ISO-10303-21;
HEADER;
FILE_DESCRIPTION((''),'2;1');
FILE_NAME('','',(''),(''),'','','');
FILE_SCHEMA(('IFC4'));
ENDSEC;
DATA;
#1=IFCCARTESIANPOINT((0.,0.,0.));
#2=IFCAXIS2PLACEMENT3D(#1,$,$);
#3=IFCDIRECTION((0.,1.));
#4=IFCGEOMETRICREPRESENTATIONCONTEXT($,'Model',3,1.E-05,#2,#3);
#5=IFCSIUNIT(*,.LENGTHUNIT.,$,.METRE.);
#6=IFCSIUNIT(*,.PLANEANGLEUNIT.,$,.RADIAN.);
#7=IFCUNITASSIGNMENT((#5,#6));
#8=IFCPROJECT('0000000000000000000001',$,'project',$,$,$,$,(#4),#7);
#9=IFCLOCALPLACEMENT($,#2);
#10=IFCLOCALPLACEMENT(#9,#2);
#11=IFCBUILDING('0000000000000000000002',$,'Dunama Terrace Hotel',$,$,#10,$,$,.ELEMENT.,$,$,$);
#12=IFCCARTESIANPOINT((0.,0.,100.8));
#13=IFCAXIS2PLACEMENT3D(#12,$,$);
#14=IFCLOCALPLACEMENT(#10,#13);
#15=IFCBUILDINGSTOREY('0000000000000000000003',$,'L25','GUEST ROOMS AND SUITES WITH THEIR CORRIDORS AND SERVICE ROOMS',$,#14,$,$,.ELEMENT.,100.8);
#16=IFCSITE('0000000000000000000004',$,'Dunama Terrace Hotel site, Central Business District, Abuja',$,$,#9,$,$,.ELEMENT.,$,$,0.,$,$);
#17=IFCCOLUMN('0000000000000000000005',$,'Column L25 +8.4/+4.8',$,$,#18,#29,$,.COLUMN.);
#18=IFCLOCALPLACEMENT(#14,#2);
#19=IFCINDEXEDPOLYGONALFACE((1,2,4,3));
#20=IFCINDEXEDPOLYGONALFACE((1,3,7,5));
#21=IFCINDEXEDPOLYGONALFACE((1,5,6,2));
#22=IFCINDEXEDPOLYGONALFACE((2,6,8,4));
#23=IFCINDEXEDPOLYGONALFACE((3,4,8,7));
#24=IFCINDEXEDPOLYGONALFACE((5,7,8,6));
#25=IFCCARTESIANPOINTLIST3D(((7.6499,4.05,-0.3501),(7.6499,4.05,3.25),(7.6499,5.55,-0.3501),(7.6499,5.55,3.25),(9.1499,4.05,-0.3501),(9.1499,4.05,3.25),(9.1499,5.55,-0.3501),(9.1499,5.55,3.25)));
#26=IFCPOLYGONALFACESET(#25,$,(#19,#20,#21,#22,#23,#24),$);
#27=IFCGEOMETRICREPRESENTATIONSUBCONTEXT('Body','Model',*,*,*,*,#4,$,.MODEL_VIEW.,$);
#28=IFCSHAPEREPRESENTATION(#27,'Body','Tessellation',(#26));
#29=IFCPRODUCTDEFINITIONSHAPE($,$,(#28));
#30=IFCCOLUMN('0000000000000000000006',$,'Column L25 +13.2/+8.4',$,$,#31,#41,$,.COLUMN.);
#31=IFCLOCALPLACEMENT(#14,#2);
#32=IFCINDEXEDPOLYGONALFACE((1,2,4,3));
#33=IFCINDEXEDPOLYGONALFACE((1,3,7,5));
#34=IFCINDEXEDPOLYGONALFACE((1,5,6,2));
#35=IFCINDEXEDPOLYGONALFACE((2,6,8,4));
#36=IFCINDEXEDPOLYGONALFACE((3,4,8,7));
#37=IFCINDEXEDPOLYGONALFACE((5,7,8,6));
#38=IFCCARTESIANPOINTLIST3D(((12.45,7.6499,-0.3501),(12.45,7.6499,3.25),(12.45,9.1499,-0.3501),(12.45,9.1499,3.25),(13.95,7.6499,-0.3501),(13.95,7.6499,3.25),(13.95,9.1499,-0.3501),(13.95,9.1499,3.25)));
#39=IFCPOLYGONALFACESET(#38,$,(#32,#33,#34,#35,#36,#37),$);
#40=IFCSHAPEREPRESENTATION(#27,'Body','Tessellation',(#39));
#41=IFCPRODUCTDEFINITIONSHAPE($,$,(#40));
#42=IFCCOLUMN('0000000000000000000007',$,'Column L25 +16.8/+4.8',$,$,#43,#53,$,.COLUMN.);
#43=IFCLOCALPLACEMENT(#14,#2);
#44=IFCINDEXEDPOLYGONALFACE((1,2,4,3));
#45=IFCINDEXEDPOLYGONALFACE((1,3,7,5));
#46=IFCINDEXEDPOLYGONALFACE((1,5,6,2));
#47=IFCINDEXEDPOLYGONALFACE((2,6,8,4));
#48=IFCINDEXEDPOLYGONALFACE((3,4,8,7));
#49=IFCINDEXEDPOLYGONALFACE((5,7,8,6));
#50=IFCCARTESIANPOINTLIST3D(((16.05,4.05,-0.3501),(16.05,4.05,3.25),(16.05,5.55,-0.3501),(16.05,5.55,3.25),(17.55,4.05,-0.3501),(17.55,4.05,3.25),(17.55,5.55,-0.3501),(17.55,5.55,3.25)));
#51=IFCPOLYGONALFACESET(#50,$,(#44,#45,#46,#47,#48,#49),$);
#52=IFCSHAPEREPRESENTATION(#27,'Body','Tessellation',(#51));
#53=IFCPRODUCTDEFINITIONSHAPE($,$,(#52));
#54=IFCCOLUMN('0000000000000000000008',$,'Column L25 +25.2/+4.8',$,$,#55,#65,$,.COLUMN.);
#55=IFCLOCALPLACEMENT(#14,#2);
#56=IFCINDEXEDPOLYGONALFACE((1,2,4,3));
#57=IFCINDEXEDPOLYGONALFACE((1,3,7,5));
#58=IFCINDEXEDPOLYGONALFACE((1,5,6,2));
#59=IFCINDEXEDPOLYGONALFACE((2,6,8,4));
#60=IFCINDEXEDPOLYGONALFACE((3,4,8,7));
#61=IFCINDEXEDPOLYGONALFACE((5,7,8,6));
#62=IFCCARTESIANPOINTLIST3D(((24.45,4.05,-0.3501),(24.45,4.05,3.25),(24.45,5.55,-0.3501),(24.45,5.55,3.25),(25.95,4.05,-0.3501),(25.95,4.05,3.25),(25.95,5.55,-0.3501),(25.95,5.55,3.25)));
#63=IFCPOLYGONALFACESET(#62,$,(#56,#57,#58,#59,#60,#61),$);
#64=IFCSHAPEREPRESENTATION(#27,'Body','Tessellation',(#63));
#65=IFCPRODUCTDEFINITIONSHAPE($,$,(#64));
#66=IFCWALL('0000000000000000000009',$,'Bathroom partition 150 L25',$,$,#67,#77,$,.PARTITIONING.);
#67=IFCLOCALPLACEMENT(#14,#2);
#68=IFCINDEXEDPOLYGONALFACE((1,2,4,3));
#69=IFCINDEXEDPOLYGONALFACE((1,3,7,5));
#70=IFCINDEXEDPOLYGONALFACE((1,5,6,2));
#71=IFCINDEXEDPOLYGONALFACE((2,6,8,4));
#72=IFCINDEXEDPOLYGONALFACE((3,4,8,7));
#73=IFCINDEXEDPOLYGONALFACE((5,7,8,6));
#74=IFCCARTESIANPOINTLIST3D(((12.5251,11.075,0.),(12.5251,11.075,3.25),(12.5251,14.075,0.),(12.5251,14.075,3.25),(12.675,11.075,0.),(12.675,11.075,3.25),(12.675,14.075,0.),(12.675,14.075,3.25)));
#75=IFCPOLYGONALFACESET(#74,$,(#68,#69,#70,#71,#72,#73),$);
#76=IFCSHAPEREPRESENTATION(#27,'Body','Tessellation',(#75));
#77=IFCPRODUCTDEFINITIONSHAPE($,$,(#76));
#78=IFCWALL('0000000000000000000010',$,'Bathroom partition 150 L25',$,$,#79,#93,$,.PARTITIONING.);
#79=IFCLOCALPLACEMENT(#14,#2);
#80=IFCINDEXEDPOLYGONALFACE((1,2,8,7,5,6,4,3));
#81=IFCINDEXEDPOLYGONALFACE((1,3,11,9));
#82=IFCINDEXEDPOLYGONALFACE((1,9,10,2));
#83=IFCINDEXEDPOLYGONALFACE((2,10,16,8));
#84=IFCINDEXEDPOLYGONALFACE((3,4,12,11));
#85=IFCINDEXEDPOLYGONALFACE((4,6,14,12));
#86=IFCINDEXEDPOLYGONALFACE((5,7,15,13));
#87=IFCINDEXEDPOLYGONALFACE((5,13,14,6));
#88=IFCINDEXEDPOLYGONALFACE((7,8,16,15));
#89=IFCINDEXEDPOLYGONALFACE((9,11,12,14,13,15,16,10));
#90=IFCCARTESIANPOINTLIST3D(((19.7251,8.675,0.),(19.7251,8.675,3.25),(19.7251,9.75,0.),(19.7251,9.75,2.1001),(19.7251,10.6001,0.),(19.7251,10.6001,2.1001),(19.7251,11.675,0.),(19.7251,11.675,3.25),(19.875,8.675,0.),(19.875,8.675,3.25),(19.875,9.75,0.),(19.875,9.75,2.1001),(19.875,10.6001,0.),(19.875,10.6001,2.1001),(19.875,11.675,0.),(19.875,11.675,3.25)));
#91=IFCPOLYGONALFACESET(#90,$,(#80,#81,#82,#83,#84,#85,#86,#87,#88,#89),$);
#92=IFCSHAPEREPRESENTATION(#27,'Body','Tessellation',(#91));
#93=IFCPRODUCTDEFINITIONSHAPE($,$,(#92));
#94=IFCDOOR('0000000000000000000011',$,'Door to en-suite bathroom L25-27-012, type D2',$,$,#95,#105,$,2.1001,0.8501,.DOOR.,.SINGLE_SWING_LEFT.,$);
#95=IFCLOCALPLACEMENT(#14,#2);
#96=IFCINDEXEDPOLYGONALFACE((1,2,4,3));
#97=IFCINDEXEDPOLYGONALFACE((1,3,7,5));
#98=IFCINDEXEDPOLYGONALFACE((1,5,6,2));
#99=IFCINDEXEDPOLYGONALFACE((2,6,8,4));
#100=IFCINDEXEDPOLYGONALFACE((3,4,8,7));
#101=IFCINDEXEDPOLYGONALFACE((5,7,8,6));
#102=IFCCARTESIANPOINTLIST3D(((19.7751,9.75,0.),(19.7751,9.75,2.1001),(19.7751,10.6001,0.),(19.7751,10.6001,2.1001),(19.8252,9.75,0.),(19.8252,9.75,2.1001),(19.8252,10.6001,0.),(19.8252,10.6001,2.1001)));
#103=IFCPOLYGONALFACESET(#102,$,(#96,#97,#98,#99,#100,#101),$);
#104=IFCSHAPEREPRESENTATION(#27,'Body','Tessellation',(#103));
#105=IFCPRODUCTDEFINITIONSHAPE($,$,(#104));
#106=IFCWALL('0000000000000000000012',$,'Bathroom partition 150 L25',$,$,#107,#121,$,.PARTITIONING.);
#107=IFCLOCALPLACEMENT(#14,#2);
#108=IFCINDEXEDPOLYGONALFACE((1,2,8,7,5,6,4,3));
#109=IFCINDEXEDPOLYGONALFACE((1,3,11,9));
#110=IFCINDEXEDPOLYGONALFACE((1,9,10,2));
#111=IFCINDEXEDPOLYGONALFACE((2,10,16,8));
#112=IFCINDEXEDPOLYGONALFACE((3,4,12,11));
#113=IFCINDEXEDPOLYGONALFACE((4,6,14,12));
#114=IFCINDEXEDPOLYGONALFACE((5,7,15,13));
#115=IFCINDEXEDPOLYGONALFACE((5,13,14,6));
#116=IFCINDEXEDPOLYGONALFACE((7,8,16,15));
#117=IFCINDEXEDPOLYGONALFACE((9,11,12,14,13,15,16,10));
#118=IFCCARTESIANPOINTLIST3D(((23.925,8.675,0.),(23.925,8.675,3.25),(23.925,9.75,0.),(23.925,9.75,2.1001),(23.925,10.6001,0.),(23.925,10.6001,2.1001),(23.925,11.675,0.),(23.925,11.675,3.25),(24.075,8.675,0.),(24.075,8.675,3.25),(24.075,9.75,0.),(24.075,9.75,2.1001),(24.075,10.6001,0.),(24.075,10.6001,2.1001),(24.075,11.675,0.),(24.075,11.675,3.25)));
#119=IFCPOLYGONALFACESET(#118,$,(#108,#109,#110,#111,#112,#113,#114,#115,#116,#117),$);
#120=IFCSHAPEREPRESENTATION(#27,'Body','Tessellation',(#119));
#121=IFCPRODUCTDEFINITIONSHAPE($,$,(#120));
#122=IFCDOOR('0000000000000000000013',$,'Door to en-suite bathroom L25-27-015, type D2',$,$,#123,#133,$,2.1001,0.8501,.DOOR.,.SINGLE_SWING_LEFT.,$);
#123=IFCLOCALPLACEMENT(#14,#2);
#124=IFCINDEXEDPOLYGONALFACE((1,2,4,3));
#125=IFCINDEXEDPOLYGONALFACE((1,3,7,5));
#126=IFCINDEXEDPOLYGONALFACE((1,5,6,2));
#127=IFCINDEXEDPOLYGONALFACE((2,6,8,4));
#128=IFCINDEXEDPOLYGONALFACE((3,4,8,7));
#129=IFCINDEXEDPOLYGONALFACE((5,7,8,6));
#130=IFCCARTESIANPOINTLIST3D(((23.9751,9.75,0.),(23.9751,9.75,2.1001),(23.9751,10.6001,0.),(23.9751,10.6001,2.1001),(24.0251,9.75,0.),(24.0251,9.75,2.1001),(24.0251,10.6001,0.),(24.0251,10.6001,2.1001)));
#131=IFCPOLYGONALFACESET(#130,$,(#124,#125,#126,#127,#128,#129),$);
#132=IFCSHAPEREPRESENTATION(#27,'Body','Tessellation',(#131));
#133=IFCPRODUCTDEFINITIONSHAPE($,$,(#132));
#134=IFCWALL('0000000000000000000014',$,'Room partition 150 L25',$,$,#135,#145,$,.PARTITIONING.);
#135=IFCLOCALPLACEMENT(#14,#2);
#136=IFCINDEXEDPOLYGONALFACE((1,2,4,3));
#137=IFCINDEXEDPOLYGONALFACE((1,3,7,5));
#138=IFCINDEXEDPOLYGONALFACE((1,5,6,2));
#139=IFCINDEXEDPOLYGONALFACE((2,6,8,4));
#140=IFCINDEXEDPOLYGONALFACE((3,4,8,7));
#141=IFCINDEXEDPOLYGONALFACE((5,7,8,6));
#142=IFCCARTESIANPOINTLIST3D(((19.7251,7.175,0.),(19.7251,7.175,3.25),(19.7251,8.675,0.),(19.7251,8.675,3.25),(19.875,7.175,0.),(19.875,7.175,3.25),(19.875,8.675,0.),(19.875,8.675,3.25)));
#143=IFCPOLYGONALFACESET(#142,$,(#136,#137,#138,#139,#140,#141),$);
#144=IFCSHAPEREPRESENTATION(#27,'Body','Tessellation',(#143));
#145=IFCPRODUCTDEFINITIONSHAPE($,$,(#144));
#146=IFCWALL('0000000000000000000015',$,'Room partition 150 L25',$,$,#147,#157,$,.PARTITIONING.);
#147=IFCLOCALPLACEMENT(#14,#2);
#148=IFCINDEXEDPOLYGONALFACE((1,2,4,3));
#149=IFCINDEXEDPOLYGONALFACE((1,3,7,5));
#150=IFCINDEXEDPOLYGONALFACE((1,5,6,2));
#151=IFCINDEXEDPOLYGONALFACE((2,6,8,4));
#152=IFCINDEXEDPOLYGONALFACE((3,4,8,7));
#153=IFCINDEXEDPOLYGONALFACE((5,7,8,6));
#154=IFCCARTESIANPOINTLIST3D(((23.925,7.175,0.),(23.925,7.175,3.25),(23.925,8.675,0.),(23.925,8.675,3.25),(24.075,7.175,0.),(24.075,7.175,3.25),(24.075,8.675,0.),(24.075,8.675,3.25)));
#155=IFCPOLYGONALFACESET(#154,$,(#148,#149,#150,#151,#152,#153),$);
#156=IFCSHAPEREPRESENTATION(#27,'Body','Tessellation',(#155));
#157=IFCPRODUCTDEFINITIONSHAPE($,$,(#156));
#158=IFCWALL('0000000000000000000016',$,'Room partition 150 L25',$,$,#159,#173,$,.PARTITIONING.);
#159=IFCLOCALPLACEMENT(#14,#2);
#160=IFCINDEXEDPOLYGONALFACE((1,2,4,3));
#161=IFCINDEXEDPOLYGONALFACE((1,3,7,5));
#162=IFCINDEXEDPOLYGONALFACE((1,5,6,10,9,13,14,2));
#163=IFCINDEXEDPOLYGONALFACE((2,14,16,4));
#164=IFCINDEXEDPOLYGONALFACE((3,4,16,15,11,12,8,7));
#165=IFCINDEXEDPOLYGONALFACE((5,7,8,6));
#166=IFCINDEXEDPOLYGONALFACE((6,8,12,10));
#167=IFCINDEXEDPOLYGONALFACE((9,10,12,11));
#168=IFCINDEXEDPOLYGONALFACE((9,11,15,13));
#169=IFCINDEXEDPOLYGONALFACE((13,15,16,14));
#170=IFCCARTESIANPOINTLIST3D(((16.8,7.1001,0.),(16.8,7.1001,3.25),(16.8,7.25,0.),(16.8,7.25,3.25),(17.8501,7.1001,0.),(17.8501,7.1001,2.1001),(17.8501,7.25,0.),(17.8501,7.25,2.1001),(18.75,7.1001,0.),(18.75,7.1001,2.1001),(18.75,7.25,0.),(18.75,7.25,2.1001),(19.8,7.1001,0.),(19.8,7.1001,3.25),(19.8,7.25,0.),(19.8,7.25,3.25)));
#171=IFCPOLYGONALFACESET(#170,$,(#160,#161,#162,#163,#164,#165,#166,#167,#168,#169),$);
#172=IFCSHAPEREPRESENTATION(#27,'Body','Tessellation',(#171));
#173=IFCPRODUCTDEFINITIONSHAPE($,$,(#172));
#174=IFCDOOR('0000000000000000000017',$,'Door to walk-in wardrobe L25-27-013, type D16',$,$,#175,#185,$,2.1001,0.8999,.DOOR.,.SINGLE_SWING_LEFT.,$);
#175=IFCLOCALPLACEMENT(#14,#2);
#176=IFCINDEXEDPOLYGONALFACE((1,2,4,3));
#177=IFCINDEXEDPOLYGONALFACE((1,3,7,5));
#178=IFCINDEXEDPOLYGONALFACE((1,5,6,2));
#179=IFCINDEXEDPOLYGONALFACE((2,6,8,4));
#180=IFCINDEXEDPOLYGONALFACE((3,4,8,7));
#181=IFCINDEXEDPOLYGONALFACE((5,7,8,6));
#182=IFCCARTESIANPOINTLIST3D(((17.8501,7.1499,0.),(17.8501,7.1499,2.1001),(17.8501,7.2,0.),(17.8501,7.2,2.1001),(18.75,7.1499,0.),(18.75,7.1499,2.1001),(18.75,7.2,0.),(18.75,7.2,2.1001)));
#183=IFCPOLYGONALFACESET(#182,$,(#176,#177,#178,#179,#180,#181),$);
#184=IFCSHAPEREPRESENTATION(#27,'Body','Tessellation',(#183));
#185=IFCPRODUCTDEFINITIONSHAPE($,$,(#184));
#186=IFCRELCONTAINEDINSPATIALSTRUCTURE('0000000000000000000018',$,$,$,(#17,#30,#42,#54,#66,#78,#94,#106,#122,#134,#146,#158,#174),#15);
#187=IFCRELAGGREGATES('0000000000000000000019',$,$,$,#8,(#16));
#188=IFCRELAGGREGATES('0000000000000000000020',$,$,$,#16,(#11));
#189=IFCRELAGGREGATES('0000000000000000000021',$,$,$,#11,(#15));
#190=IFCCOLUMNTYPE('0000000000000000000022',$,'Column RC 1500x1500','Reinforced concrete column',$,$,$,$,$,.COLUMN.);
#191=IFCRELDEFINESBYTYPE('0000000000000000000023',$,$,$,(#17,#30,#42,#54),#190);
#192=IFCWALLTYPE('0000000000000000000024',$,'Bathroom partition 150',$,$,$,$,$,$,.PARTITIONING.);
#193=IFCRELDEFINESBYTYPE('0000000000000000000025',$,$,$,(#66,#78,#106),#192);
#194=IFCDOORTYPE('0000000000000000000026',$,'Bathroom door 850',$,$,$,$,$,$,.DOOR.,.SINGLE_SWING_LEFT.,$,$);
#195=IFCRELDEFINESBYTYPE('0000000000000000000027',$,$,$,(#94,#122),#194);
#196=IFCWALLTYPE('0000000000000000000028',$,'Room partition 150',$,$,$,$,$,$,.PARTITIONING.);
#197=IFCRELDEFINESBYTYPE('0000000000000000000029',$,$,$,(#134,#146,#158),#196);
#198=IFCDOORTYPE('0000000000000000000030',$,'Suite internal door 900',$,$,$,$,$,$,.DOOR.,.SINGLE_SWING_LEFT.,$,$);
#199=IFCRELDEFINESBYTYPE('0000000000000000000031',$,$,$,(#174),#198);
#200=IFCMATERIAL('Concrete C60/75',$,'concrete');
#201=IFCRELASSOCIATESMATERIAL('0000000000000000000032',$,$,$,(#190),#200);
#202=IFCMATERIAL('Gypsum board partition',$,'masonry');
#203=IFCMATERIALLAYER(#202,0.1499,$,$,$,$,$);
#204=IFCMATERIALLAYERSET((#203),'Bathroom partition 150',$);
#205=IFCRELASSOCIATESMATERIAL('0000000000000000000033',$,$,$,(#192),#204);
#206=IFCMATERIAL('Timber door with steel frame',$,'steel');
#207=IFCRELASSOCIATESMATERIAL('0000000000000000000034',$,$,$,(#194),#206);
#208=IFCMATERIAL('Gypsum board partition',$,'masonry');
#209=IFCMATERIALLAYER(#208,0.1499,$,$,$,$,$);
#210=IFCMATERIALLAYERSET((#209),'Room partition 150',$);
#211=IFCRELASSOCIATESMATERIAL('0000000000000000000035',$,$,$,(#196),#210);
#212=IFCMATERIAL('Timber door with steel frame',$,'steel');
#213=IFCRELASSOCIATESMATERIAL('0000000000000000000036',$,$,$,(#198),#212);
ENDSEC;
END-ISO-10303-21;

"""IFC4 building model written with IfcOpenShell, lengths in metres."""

from ifc_helpers import new_model, si_unit, direction, frame, frame_2d, origin, origin_2d, place, context, subcontext, project, spatial, rectangle, extrude, material, layer, layer_set, material_profile, profile_set, type_object, element, fill, save


model = new_model("IFC4")

# Units and contexts
model_context = context("Model", 3, precision=1e-05, world=origin(), true_north=direction((0.0, 1.0)))
body_context = subcontext(model_context, "Body", "Model", "MODEL_VIEW")
ifc_project = project(units=[si_unit("LENGTHUNIT", "METRE"), si_unit("PLANEANGLEUNIT", "RADIAN")], contexts=[model_context])

# Site, building, storey
site_placement = place(None, origin())
site = spatial("IfcSite", under=ifc_project, at=site_placement, Name="Dunama Terrace Hotel site, Central Business District, Abuja", CompositionType="ELEMENT", RefElevation=0.0)
building_placement = place(site_placement, origin())
building = spatial("IfcBuilding", under=site, at=building_placement, Name="Dunama Terrace Hotel", CompositionType="ELEMENT")
storey_placement = place(building_placement, frame((0.0, 0.0, 100.8)))
storey = spatial("IfcBuildingStorey", under=building, at=storey_placement, Name="L25", Description="GUEST ROOMS AND SUITES WITH THEIR CORRIDORS AND SERVICE ROOMS", CompositionType="ELEMENT", Elevation=100.8)

# Columns
ifc_material_1 = material(Name="Concrete C60/75", Category="concrete")
ifc_material_profile = material_profile(ifc_material_1, rectangle(XDim=1.5, YDim=1.5, at=origin_2d()), Name="RC 1500x1500")
ifc_profile_set = profile_set([ifc_material_profile], Name="Concrete C60/75")
column_type = type_object("IfcColumnType", Name="Column RC 1500x1500", Description="Reinforced concrete column", PredefinedType="COLUMN", material=ifc_profile_set)
for number, where, z_axis, x_axis, name in (
    (1, (8.3999, 4.8, -0.3501), (0.0, 0.0, 1.0), (1.0, 0.0, 0.0), "Column L25 +8.4/+4.8"),
    (2, (13.2, 8.3999, -0.3501), (0.0, 0.0, 1.0), (1.0, 0.0, 0.0), "Column L25 +13.2/+8.4"),
    (3, (16.8, 4.8, -0.3501), (0.0, 0.0, 1.0), (1.0, 0.0, 0.0), "Column L25 +16.8/+4.8"),
    (4, (25.2, 4.8, -0.3501), (0.0, 0.0, 1.0), (1.0, 0.0, 0.0), "Column L25 +25.2/+4.8"),
):
    element("IfcColumn", number, at=place(storey_placement, frame(where, z_axis=z_axis, x_axis=x_axis)), inside=storey, type_object=column_type, Name=name, PredefinedType="COLUMN", context=body_context, shape_type="SweptSolid", body=[
        extrude(rectangle(XDim=1.5, YDim=1.5, at=origin_2d()), origin(), (0.0, 0.0, 1.0), 3.6001),
    ])

# Wall
ifc_material_2 = material(Name="Gypsum board partition", Category="masonry")
ifc_layer_1 = layer(ifc_material_2, 0.1499)
ifc_layer_set_1 = layer_set([ifc_layer_1], Name="Bathroom partition 150")
wall_type_1 = type_object("IfcWallType", Name="Bathroom partition 150", PredefinedType="PARTITIONING", material=ifc_layer_set_1)
wall_1_placement = place(storey_placement, frame((12.6001, 11.075, 0.0), z_axis=(0.0, 0.0, 1.0), x_axis=(0.0, 1.0, 0.0)))
element("IfcWall", 5, at=wall_1_placement, inside=storey, type_object=wall_type_1, Name="Bathroom partition 150 L25", PredefinedType="PARTITIONING", context=body_context, shape_type="SweptSolid", body=[
    extrude(rectangle(XDim=3.0, YDim=0.1499, at=frame_2d((1.5, 0.0))), origin(), (0.0, 0.0, 1.0), 3.25),
])

# Walls, openings, doors
wall_2_placement = place(storey_placement, frame((19.8, 8.675, 0.0), z_axis=(0.0, 0.0, 1.0), x_axis=(0.0, 1.0, 0.0)))
wall_2 = element("IfcWall", 6, at=wall_2_placement, inside=storey, type_object=wall_type_1, Name="Bathroom partition 150 L25", PredefinedType="PARTITIONING", context=body_context, shape_type="SweptSolid", body=[
    extrude(rectangle(XDim=3.0, YDim=0.1499, at=frame_2d((1.5, 0.0))), origin(), (0.0, 0.0, 1.0), 3.25),
])
opening_1_placement = place(wall_2_placement, frame((1.075, 0.0, 0.0)))
opening_1 = element("IfcOpeningElement", 7, at=opening_1_placement, cuts=wall_2, PredefinedType="OPENING", context=body_context, shape_type="SweptSolid", body=[
    extrude(rectangle(XDim=0.8501, YDim=2.1001, at=frame_2d((0.425, 1.05))), frame((0.0, 0.085, 0.0), z_axis=(0.0, -1.0, 0.0), x_axis=(1.0, 0.0, 0.0)), (0.0, 0.0, 1.0), 0.1699),
])
ifc_material_3 = material(Name="Timber door with steel frame", Category="steel")
door_type_1 = type_object("IfcDoorType", Name="Bathroom door 850", OperationType="SINGLE_SWING_LEFT", PredefinedType="DOOR", material=ifc_material_3)
door_1_placement = place(opening_1_placement, origin())
door_1 = element("IfcDoor", 8, at=door_1_placement, inside=storey, type_object=door_type_1, Name="Door to en-suite bathroom L25-27-012, type D2", OperationType="SINGLE_SWING_LEFT", OverallHeight=2.1001, OverallWidth=0.8501, PredefinedType="DOOR", context=body_context, shape_type="SweptSolid", body=[
    extrude(rectangle(XDim=0.8501, YDim=2.1001, at=frame_2d((0.425, 1.05))), frame((0.0, 0.0249, 0.0), z_axis=(0.0, -1.0, 0.0), x_axis=(1.0, 0.0, 0.0)), (0.0, 0.0, 1.0), 0.05),
])
fill(opening_1, door_1)
wall_3_placement = place(storey_placement, frame((24.0, 8.675, 0.0), z_axis=(0.0, 0.0, 1.0), x_axis=(0.0, 1.0, 0.0)))
wall_3 = element("IfcWall", 9, at=wall_3_placement, inside=storey, type_object=wall_type_1, Name="Bathroom partition 150 L25", PredefinedType="PARTITIONING", context=body_context, shape_type="SweptSolid", body=[
    extrude(rectangle(XDim=3.0, YDim=0.1499, at=frame_2d((1.5, 0.0))), origin(), (0.0, 0.0, 1.0), 3.25),
])
opening_2_placement = place(wall_3_placement, frame((1.075, 0.0, 0.0)))
opening_2 = element("IfcOpeningElement", 10, at=opening_2_placement, cuts=wall_3, PredefinedType="OPENING", context=body_context, shape_type="SweptSolid", body=[
    extrude(rectangle(XDim=0.8501, YDim=2.1001, at=frame_2d((0.425, 1.05))), frame((0.0, 0.085, 0.0), z_axis=(0.0, -1.0, 0.0), x_axis=(1.0, 0.0, 0.0)), (0.0, 0.0, 1.0), 0.1699),
])
door_2_placement = place(opening_2_placement, origin())
door_2 = element("IfcDoor", 11, at=door_2_placement, inside=storey, type_object=door_type_1, Name="Door to en-suite bathroom L25-27-015, type D2", OperationType="SINGLE_SWING_LEFT", OverallHeight=2.1001, OverallWidth=0.8501, PredefinedType="DOOR", context=body_context, shape_type="SweptSolid", body=[
    extrude(rectangle(XDim=0.8501, YDim=2.1001, at=frame_2d((0.425, 1.05))), frame((0.0, 0.0249, 0.0), z_axis=(0.0, -1.0, 0.0), x_axis=(1.0, 0.0, 0.0)), (0.0, 0.0, 1.0), 0.05),
])
fill(opening_2, door_2)

# Walls
ifc_material_4 = material(Name="Gypsum board partition", Category="masonry")
ifc_layer_2 = layer(ifc_material_4, 0.1499)
ifc_layer_set_2 = layer_set([ifc_layer_2], Name="Room partition 150")
wall_type_2 = type_object("IfcWallType", Name="Room partition 150", PredefinedType="PARTITIONING", material=ifc_layer_set_2)
for number, where, z_axis, x_axis, name in (
    (12, (19.8, 7.175, 0.0), (0.0, 0.0, 1.0), (0.0, 1.0, 0.0), "Room partition 150 L25"),
    (13, (24.0, 7.175, 0.0), (0.0, 0.0, 1.0), (0.0, 1.0, 0.0), "Room partition 150 L25"),
):
    element("IfcWall", number, at=place(storey_placement, frame(where, z_axis=z_axis, x_axis=x_axis)), inside=storey, type_object=wall_type_2, Name=name, PredefinedType="PARTITIONING", context=body_context, shape_type="SweptSolid", body=[
        extrude(rectangle(XDim=1.5, YDim=0.1499, at=frame_2d((0.75, 0.0))), origin(), (0.0, 0.0, 1.0), 3.25),
    ])

# Wall, opening, door
wall_4_placement = place(storey_placement, frame((16.8, 7.175, 0.0), z_axis=(0.0, 0.0, 1.0), x_axis=(1.0, 0.0, 0.0)))
wall_4 = element("IfcWall", 14, at=wall_4_placement, inside=storey, type_object=wall_type_2, Name="Room partition 150 L25", PredefinedType="PARTITIONING", context=body_context, shape_type="SweptSolid", body=[
    extrude(rectangle(XDim=3.0, YDim=0.1499, at=frame_2d((1.5, 0.0))), origin(), (0.0, 0.0, 1.0), 3.25),
])
opening_3_placement = place(wall_4_placement, frame((1.05, 0.0, 0.0)))
opening_3 = element("IfcOpeningElement", 15, at=opening_3_placement, cuts=wall_4, PredefinedType="OPENING", context=body_context, shape_type="SweptSolid", body=[
    extrude(rectangle(XDim=0.8999, YDim=2.1001, at=frame_2d((0.45, 1.05))), frame((0.0, 0.085, 0.0), z_axis=(0.0, -1.0, 0.0), x_axis=(1.0, 0.0, 0.0)), (0.0, 0.0, 1.0), 0.1699),
])
ifc_material_5 = material(Name="Timber door with steel frame", Category="steel")
door_type_2 = type_object("IfcDoorType", Name="Suite internal door 900", OperationType="SINGLE_SWING_LEFT", PredefinedType="DOOR", material=ifc_material_5)
door_3_placement = place(opening_3_placement, origin())
door_3 = element("IfcDoor", 16, at=door_3_placement, inside=storey, type_object=door_type_2, Name="Door to walk-in wardrobe L25-27-013, type D16", OperationType="SINGLE_SWING_LEFT", OverallHeight=2.1001, OverallWidth=0.8999, PredefinedType="DOOR", context=body_context, shape_type="SweptSolid", body=[
    extrude(rectangle(XDim=0.8999, YDim=2.1001, at=frame_2d((0.45, 1.05))), frame((0.0, 0.0249, 0.0), z_axis=(0.0, -1.0, 0.0), x_axis=(1.0, 0.0, 0.0)), (0.0, 0.0, 1.0), 0.05),
])
fill(opening_3, door_3)

save(model, "model.ifc")
